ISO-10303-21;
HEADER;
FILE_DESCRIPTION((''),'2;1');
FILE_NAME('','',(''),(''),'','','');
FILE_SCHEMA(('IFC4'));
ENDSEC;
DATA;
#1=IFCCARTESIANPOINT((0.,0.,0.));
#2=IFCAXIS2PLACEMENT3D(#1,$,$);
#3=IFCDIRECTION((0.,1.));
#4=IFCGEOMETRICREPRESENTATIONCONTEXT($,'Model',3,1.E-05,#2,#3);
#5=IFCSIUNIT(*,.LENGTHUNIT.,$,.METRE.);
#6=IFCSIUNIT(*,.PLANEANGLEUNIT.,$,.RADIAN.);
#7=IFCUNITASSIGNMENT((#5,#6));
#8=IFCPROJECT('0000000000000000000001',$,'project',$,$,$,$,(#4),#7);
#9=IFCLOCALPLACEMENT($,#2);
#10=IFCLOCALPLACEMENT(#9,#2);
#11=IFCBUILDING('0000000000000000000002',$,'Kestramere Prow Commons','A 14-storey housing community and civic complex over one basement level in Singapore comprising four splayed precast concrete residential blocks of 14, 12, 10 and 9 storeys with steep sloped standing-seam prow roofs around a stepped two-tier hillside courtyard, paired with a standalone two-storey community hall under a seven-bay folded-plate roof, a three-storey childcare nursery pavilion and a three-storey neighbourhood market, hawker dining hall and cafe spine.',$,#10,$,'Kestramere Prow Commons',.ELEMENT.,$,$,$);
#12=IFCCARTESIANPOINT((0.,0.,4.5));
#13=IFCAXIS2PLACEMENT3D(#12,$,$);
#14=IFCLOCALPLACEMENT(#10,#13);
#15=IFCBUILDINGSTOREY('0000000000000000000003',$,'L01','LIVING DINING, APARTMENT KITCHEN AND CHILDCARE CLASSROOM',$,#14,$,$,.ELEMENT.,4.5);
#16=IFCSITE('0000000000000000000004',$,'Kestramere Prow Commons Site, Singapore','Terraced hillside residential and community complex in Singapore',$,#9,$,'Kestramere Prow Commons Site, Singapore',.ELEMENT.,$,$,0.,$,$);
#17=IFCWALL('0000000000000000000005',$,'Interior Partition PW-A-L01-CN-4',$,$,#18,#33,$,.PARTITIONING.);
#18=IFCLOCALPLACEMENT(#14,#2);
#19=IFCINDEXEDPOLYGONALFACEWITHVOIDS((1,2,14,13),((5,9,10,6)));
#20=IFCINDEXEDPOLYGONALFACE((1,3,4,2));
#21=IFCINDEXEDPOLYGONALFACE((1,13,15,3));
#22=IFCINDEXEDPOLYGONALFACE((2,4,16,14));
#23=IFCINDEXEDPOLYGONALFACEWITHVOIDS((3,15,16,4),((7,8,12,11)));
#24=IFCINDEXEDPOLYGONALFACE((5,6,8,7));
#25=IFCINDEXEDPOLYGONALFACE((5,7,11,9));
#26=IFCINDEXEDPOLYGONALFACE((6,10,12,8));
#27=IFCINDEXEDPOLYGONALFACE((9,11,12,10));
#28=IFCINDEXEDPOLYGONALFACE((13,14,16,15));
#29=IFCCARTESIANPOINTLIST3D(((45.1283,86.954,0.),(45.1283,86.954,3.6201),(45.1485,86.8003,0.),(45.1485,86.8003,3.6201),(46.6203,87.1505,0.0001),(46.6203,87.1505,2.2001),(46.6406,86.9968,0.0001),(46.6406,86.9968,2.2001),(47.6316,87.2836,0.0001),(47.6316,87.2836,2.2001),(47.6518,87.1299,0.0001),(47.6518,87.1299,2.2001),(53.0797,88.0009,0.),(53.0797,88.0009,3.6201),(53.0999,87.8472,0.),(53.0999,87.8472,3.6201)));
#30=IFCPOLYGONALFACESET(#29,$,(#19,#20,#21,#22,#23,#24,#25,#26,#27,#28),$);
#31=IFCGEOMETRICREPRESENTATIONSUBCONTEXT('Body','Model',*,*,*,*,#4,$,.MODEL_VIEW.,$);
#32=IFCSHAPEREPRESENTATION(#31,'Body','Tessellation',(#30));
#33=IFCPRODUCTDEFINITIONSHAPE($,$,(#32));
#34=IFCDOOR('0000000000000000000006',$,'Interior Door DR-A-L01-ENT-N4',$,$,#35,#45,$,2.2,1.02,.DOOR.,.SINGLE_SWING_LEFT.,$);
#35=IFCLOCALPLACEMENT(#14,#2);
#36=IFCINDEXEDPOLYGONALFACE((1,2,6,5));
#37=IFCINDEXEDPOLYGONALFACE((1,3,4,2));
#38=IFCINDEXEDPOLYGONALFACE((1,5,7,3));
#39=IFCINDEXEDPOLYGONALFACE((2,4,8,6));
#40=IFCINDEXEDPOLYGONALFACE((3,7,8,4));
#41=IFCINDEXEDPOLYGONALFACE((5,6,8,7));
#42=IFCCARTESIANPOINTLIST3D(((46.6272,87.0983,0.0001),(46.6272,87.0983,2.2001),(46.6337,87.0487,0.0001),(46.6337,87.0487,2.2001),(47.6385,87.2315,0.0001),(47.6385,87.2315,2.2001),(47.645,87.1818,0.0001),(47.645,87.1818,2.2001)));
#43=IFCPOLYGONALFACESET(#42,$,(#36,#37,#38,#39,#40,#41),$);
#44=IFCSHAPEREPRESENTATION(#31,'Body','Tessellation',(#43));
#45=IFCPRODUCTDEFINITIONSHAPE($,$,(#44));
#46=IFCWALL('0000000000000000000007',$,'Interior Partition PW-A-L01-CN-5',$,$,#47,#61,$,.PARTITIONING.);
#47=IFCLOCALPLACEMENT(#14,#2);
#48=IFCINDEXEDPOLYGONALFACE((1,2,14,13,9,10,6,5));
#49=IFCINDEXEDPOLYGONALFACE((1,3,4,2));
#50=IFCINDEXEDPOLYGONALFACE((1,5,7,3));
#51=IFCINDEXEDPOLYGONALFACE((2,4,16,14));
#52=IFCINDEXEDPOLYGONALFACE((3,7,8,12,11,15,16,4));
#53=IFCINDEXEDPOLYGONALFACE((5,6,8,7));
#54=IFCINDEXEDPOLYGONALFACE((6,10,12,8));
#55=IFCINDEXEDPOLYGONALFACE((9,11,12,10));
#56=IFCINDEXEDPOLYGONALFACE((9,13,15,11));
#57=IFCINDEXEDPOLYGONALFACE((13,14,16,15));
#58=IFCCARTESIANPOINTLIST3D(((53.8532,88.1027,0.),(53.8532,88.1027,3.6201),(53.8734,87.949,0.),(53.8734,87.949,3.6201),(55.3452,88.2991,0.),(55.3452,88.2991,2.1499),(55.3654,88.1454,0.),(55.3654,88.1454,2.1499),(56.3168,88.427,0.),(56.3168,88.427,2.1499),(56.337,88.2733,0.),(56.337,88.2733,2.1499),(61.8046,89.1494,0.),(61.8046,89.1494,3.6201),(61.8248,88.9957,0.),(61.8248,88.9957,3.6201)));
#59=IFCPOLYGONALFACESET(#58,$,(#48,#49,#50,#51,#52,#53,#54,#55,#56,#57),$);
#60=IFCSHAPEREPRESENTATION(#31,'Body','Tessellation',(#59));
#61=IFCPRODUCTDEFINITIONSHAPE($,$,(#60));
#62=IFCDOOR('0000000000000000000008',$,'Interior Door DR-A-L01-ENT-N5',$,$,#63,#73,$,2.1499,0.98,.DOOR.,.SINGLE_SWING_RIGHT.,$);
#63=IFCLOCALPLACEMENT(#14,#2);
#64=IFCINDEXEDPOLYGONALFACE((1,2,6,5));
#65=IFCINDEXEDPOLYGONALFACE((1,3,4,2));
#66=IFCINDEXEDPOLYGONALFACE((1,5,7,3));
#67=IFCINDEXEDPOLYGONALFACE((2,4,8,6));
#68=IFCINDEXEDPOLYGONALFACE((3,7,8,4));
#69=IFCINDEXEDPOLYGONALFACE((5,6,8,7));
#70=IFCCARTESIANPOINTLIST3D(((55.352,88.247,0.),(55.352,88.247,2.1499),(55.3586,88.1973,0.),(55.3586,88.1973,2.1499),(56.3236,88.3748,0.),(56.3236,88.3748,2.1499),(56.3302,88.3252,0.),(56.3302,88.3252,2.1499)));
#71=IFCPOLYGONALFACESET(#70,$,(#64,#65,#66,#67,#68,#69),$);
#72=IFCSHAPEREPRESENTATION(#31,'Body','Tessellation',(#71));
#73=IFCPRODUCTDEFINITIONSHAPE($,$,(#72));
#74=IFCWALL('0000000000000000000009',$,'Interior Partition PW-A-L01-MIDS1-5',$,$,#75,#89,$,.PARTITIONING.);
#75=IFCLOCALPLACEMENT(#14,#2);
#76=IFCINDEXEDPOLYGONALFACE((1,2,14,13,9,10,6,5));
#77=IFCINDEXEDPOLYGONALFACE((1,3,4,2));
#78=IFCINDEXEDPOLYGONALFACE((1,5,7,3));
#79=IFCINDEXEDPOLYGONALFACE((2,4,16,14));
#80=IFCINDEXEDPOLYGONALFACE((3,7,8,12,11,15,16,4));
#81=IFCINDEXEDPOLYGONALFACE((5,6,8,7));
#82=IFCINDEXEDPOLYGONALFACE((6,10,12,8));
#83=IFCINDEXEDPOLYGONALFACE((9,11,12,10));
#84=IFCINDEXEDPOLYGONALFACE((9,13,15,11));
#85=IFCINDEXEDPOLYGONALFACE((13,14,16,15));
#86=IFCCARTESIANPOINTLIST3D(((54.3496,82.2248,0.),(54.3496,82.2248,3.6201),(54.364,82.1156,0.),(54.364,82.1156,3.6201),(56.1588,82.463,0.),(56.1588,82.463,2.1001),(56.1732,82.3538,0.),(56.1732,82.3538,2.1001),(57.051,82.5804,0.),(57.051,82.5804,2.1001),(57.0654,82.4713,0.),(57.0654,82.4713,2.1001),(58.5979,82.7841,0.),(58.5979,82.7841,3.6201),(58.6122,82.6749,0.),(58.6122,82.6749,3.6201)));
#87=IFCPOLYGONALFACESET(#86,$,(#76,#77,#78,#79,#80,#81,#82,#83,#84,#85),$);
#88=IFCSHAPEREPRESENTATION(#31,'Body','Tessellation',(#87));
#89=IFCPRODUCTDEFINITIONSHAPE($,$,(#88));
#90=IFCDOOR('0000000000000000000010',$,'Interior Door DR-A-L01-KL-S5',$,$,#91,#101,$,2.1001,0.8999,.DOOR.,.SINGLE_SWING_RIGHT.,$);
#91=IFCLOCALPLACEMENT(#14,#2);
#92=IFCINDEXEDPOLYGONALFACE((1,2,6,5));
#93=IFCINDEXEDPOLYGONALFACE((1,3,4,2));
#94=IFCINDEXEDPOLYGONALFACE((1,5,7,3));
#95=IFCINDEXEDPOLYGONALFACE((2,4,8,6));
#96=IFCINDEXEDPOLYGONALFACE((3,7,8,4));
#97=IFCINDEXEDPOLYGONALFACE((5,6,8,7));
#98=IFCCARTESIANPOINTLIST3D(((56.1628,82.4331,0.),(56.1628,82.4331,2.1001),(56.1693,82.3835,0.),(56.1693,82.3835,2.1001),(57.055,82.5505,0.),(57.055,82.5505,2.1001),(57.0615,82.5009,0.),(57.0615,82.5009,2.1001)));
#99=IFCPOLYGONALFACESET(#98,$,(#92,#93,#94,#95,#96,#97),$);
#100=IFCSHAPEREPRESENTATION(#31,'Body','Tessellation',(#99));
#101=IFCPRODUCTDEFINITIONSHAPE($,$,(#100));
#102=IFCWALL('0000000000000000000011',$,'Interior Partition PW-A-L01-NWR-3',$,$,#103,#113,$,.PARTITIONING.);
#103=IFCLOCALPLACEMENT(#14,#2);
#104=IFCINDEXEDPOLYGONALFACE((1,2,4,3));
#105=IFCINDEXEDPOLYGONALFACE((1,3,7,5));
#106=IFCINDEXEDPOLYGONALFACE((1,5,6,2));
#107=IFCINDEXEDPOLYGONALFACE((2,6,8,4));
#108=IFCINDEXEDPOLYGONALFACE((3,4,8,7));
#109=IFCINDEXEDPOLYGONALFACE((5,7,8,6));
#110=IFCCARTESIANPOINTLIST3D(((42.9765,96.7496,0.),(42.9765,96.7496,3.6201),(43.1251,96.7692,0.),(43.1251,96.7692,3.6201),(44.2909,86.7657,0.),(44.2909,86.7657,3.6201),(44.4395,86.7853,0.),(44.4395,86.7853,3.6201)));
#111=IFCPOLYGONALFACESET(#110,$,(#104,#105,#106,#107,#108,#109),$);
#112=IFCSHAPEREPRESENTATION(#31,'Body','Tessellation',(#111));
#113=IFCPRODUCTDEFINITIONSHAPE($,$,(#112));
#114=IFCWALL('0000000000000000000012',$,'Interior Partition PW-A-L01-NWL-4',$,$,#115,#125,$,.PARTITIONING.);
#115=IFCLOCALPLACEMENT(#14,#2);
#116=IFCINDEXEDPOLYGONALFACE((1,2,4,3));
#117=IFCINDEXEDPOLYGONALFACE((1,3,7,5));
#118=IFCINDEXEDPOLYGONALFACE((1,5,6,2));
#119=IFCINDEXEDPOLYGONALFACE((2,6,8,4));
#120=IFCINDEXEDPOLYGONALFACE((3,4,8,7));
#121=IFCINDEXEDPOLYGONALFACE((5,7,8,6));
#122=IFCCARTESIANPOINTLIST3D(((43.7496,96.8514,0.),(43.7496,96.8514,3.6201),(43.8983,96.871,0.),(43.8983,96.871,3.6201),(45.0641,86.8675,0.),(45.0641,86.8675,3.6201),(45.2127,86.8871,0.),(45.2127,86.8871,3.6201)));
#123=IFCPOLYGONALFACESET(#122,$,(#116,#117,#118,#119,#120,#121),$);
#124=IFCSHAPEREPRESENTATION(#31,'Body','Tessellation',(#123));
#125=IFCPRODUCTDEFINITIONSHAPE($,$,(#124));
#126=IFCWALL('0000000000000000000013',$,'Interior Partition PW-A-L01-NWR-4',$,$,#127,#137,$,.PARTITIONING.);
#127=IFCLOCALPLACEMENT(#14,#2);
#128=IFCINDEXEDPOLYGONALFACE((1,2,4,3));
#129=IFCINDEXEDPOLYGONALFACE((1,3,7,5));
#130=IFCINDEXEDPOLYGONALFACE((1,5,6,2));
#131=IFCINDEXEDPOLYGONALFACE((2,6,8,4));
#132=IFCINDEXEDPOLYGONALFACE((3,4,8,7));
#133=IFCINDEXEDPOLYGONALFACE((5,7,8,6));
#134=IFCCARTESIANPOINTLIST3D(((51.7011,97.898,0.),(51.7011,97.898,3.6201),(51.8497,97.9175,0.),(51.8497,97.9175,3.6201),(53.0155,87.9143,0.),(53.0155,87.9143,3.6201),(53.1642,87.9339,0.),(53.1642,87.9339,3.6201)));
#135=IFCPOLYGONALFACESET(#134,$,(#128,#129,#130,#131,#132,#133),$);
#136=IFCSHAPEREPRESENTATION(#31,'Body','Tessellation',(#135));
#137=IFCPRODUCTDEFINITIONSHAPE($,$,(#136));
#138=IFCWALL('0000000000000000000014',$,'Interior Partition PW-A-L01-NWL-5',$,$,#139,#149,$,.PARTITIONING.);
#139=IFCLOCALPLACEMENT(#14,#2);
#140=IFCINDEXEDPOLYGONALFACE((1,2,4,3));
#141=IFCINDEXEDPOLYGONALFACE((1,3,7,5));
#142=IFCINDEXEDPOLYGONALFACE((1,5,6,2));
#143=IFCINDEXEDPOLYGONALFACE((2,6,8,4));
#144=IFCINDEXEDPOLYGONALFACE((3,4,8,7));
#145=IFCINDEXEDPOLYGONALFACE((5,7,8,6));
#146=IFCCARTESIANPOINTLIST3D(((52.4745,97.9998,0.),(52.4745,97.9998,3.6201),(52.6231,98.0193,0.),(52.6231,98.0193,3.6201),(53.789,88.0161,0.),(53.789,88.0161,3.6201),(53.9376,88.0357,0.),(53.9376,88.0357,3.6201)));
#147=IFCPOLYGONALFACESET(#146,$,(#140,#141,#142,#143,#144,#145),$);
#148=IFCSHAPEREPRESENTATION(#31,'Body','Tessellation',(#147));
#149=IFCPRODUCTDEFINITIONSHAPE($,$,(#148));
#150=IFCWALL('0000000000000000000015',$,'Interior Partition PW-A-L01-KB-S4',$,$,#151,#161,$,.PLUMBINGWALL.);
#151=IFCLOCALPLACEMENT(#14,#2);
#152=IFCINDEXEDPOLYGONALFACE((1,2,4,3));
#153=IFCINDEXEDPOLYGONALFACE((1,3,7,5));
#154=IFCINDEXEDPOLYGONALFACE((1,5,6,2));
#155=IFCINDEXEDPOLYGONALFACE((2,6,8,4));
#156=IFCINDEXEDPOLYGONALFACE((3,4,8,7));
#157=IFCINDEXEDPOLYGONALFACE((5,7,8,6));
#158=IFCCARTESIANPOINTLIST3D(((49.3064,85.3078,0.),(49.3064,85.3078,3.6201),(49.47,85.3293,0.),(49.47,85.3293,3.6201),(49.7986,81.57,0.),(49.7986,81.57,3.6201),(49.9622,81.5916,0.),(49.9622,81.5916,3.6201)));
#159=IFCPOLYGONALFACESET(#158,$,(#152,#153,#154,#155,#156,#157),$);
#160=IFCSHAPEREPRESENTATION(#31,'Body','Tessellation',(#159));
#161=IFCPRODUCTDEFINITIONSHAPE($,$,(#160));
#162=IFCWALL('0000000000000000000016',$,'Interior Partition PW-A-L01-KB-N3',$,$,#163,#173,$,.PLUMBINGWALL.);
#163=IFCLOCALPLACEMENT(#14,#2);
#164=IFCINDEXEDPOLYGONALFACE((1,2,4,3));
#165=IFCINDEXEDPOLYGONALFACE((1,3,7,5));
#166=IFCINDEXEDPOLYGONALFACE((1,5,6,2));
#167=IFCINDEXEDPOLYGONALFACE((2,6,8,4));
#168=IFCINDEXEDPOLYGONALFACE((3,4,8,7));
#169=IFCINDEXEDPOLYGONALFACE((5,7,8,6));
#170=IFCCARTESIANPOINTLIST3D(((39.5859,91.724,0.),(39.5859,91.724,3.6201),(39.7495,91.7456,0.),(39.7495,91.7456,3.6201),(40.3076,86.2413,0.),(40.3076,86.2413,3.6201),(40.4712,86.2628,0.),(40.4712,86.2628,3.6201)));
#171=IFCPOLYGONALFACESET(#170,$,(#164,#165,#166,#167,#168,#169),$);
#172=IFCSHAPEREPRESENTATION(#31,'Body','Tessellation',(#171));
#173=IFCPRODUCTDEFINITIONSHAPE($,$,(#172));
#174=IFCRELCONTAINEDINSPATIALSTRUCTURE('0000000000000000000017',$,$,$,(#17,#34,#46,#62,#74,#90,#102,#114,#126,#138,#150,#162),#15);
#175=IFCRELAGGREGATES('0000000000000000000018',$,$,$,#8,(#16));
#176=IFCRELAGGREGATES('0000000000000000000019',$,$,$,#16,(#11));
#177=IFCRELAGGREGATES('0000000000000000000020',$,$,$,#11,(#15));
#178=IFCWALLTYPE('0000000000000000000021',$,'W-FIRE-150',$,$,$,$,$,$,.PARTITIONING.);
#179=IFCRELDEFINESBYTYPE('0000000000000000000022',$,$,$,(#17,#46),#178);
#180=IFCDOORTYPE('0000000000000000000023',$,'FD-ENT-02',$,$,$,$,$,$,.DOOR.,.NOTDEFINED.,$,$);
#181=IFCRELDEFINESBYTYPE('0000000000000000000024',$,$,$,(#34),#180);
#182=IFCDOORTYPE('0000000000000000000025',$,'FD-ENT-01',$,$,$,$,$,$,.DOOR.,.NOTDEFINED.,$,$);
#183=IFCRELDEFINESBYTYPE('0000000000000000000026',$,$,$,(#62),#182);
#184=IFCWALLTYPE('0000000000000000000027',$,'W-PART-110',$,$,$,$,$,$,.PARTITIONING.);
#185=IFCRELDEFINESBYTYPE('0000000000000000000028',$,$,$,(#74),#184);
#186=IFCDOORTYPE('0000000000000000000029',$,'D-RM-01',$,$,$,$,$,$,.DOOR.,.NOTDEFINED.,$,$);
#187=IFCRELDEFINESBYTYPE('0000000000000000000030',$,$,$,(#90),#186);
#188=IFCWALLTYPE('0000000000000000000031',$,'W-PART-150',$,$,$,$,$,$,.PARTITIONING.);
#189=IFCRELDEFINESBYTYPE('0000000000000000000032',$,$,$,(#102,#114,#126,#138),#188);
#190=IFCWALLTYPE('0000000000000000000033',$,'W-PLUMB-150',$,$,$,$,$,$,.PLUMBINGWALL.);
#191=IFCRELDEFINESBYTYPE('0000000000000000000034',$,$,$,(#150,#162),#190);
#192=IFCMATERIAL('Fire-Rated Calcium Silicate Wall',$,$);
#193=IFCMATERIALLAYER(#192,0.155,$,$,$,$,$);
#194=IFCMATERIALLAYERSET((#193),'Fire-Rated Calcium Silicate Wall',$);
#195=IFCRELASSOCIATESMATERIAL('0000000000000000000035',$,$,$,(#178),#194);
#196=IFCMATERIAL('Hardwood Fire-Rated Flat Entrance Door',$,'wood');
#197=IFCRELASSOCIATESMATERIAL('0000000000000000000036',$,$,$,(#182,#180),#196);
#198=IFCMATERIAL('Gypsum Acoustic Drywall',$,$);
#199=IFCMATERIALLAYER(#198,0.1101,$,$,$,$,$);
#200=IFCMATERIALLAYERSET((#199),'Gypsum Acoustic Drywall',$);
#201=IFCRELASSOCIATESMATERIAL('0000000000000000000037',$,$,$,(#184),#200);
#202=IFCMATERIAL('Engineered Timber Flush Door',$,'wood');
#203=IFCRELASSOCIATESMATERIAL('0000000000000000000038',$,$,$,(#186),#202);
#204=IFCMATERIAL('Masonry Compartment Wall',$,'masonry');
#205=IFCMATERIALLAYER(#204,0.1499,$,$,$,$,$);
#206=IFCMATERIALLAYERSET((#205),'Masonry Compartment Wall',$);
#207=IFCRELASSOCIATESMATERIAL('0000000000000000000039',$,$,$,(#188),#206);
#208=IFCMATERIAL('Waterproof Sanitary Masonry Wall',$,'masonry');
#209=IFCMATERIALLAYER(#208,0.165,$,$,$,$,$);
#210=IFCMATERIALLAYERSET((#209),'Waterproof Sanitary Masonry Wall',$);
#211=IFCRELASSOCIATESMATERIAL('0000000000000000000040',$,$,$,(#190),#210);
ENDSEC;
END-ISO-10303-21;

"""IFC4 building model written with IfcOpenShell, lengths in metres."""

from ifc_helpers import new_model, si_unit, direction, frame, frame_2d, origin, place, context, subcontext, project, spatial, rectangle, extrude, material, layer, layer_set, type_object, element, fill, save


model = new_model("IFC4")

# Units and contexts
model_context = context("Model", 3, precision=1e-05, world=origin(), true_north=direction((0.0, 1.0)))
body_context = subcontext(model_context, "Body", "Model", "MODEL_VIEW")
ifc_project = project(units=[si_unit("LENGTHUNIT", "METRE"), si_unit("PLANEANGLEUNIT", "RADIAN")], contexts=[model_context])

# Site, building, storey
site_placement = place(None, origin())
site = spatial("IfcSite", under=ifc_project, at=site_placement, Name="Kestramere Prow Commons Site, Singapore", Description="Terraced hillside residential and community complex in Singapore", LongName="Kestramere Prow Commons Site, Singapore", CompositionType="ELEMENT", RefElevation=0.0)
building_placement = place(site_placement, origin())
building = spatial("IfcBuilding", under=site, at=building_placement, Name="Kestramere Prow Commons", Description="A 14-storey housing community and civic complex over one basement level in Singapore comprising four splayed precast concrete residential blocks of 14, 12, 10 and 9 storeys with steep sloped standing-seam prow roofs around a stepped two-tier hillside courtyard, paired with a standalone two-storey community hall under a seven-bay folded-plate roof, a three-storey childcare nursery pavilion and a three-storey neighbourhood market, hawker dining hall and cafe spine.", LongName="Kestramere Prow Commons", CompositionType="ELEMENT")
storey_placement = place(building_placement, frame((0.0, 0.0, 4.5)))
storey = spatial("IfcBuildingStorey", under=building, at=storey_placement, Name="L01", Description="LIVING DINING, APARTMENT KITCHEN AND CHILDCARE CLASSROOM", CompositionType="ELEMENT", Elevation=4.5)

# Walls, openings, doors
ifc_material_1 = material(Name="Fire-Rated Calcium Silicate Wall")
ifc_layer_1 = layer(ifc_material_1, 0.155)
ifc_layer_set_1 = layer_set([ifc_layer_1], Name="Fire-Rated Calcium Silicate Wall")
wall_type_1 = type_object("IfcWallType", Name="W-FIRE-150", PredefinedType="PARTITIONING", material=ifc_layer_set_1)
ifc_material_2 = material(Name="Hardwood Fire-Rated Flat Entrance Door", Category="wood")
door_type_1 = type_object("IfcDoorType", Name="FD-ENT-01", OperationType="NOTDEFINED", PredefinedType="DOOR", material=ifc_material_2)
door_type_2 = type_object("IfcDoorType", Name="FD-ENT-02", OperationType="NOTDEFINED", PredefinedType="DOOR", material=ifc_material_2)
wall_1_placement = place(storey_placement, frame((45.1384, 86.8772, 0.0), z_axis=(0.0, 0.0, 1.0), x_axis=(0.991444, 0.130532, 0.0)))
wall_1 = element("IfcWall", 1, at=wall_1_placement, inside=storey, type_object=wall_type_1, Name="Interior Partition PW-A-L01-CN-4", PredefinedType="PARTITIONING", context=body_context, shape_type="SweptSolid", body=[
    extrude(rectangle(XDim=8.02, YDim=0.155, at=frame_2d((4.01, 0.0))), origin(), (0.0, 0.0, 1.0), 3.6201),
])
opening_1_placement = place(wall_1_placement, frame((1.5049, 0.0, 0.0)))
opening_1 = element("IfcOpeningElement", 2, at=opening_1_placement, cuts=wall_1, PredefinedType="OPENING", context=body_context, shape_type="SweptSolid", body=[
    extrude(rectangle(XDim=1.02, YDim=2.2, at=frame_2d((0.51, 1.1001))), frame((0.0, 0.0925, 0.0), z_axis=(0.0, -1.0, 0.0), x_axis=(1.0, 0.0, 0.0)), (0.0, 0.0, 1.0), 0.1851),
])
door_1_placement = place(opening_1_placement, origin())
door_1 = element("IfcDoor", 3, at=door_1_placement, inside=storey, type_object=door_type_2, Name="Interior Door DR-A-L01-ENT-N4", OperationType="SINGLE_SWING_LEFT", OverallHeight=2.2, OverallWidth=1.02, PredefinedType="DOOR", context=body_context, shape_type="SweptSolid", body=[
    extrude(rectangle(XDim=1.02, YDim=2.2, at=frame_2d((0.51, 1.1001))), frame((0.0, 0.0249, 0.0), z_axis=(0.0, -1.0, 0.0), x_axis=(1.0, 0.0, 0.0)), (0.0, 0.0, 1.0), 0.05),
])
fill(opening_1, door_1)
wall_2_placement = place(storey_placement, frame((53.8633, 88.0259, 0.0), z_axis=(0.0, 0.0, 1.0), x_axis=(0.991448, 0.130503, 0.0)))
wall_2 = element("IfcWall", 4, at=wall_2_placement, inside=storey, type_object=wall_type_1, Name="Interior Partition PW-A-L01-CN-5", PredefinedType="PARTITIONING", context=body_context, shape_type="SweptSolid", body=[
    extrude(rectangle(XDim=8.02, YDim=0.155, at=frame_2d((4.01, 0.0))), origin(), (0.0, 0.0, 1.0), 3.6201),
])
opening_2_placement = place(wall_2_placement, frame((1.5049, 0.0, 0.0)))
opening_2 = element("IfcOpeningElement", 5, at=opening_2_placement, cuts=wall_2, PredefinedType="OPENING", context=body_context, shape_type="SweptSolid", body=[
    extrude(rectangle(XDim=0.98, YDim=2.1499, at=frame_2d((0.49, 1.075))), frame((0.0, 0.0925, 0.0), z_axis=(0.0, -1.0, 0.0), x_axis=(1.0, 0.0, 0.0)), (0.0, 0.0, 1.0), 0.1851),
])
door_2_placement = place(opening_2_placement, origin())
door_2 = element("IfcDoor", 6, at=door_2_placement, inside=storey, type_object=door_type_1, Name="Interior Door DR-A-L01-ENT-N5", OperationType="SINGLE_SWING_RIGHT", OverallHeight=2.1499, OverallWidth=0.98, PredefinedType="DOOR", context=body_context, shape_type="SweptSolid", body=[
    extrude(rectangle(XDim=0.98, YDim=2.1499, at=frame_2d((0.49, 1.075))), frame((0.0, 0.0249, 0.0), z_axis=(0.0, -1.0, 0.0), x_axis=(1.0, 0.0, 0.0)), (0.0, 0.0, 1.0), 0.05),
])
fill(opening_2, door_2)
ifc_material_3 = material(Name="Gypsum Acoustic Drywall")
ifc_layer_2 = layer(ifc_material_3, 0.1101)
ifc_layer_set_2 = layer_set([ifc_layer_2], Name="Gypsum Acoustic Drywall")
wall_type_2 = type_object("IfcWallType", Name="W-PART-110", PredefinedType="PARTITIONING", material=ifc_layer_set_2)
wall_3_placement = place(storey_placement, frame((54.3567, 82.1702, 0.0), z_axis=(0.0, 0.0, 1.0), x_axis=(0.991444, 0.130533, 0.0)))
wall_3 = element("IfcWall", 7, at=wall_3_placement, inside=storey, type_object=wall_type_2, Name="Interior Partition PW-A-L01-MIDS1-5", PredefinedType="PARTITIONING", context=body_context, shape_type="SweptSolid", body=[
    extrude(rectangle(XDim=4.2849, YDim=0.1101, at=frame_2d((2.1426, 0.0))), origin(), (0.0, 0.0, 1.0), 3.6201),
])
opening_3_placement = place(wall_3_placement, frame((1.825, 0.0, 0.0)))
opening_3 = element("IfcOpeningElement", 8, at=opening_3_placement, cuts=wall_3, PredefinedType="OPENING", context=body_context, shape_type="SweptSolid", body=[
    extrude(rectangle(XDim=0.8999, YDim=2.1001, at=frame_2d((0.45, 1.05))), frame((0.0, 0.0701, 0.0), z_axis=(0.0, -1.0, 0.0), x_axis=(1.0, 0.0, 0.0)), (0.0, 0.0, 1.0), 0.1401),
])
ifc_material_4 = material(Name="Engineered Timber Flush Door", Category="wood")
door_type_3 = type_object("IfcDoorType", Name="D-RM-01", OperationType="NOTDEFINED", PredefinedType="DOOR", material=ifc_material_4)
door_3_placement = place(opening_3_placement, origin())
door_3 = element("IfcDoor", 9, at=door_3_placement, inside=storey, type_object=door_type_3, Name="Interior Door DR-A-L01-KL-S5", OperationType="SINGLE_SWING_RIGHT", OverallHeight=2.1001, OverallWidth=0.8999, PredefinedType="DOOR", context=body_context, shape_type="SweptSolid", body=[
    extrude(rectangle(XDim=0.8999, YDim=2.1001, at=frame_2d((0.45, 1.05))), frame((0.0, 0.0249, 0.0), z_axis=(0.0, -1.0, 0.0), x_axis=(1.0, 0.0, 0.0)), (0.0, 0.0, 1.0), 0.05),
])
fill(opening_3, door_3)

# Walls
ifc_material_5 = material(Name="Masonry Compartment Wall", Category="masonry")
ifc_layer_3 = layer(ifc_material_5, 0.1499)
ifc_layer_set_3 = layer_set([ifc_layer_3], Name="Masonry Compartment Wall")
wall_type_3 = type_object("IfcWallType", Name="W-PART-150", PredefinedType="PARTITIONING", material=ifc_layer_set_3)
for number, where, z_axis, x_axis, name in (
    (10, (44.3652, 86.7754, 0.0), (0.0, 0.0, 1.0), (-0.130531, 0.991444, 0.0), "Interior Partition PW-A-L01-NWR-3"),
    (11, (45.1384, 86.8772, 0.0), (0.0, 0.0, 1.0), (-0.130531, 0.991444, 0.0), "Interior Partition PW-A-L01-NWL-4"),
):
    element("IfcWall", number, at=place(storey_placement, frame(where, z_axis=z_axis, x_axis=x_axis)), inside=storey, type_object=wall_type_3, Name=name, PredefinedType="PARTITIONING", context=body_context, shape_type="SweptSolid", body=[
        extrude(rectangle(XDim=10.0701, YDim=0.1499, at=frame_2d((5.0352, 0.0))), origin(), (0.0, 0.0, 1.0), 3.6201),
    ])
for number, where, z_axis, x_axis, name in (
    (12, (53.0898, 87.9241, 0.0), (0.0, 0.0, 1.0), (-0.130534, 0.991444, 0.0), "Interior Partition PW-A-L01-NWR-4"),
    (13, (53.8633, 88.0259, 0.0), (0.0, 0.0, 1.0), (-0.130534, 0.991444, 0.0), "Interior Partition PW-A-L01-NWL-5"),
):
    element("IfcWall", number, at=place(storey_placement, frame(where, z_axis=z_axis, x_axis=x_axis)), inside=storey, type_object=wall_type_3, Name=name, PredefinedType="PARTITIONING", context=body_context, shape_type="SweptSolid", body=[
        extrude(rectangle(XDim=10.0698, YDim=0.1499, at=frame_2d((5.0349, 0.0))), origin(), (0.0, 0.0, 1.0), 3.6201),
    ])
ifc_material_6 = material(Name="Waterproof Sanitary Masonry Wall", Category="masonry")
ifc_layer_4 = layer(ifc_material_6, 0.165)
ifc_layer_set_4 = layer_set([ifc_layer_4], Name="Waterproof Sanitary Masonry Wall")
wall_type_4 = type_object("IfcWallType", Name="W-PLUMB-150", PredefinedType="PLUMBINGWALL", material=ifc_layer_set_4)
wall_4_placement = place(storey_placement, frame((49.8804, 81.5808, 0.0), z_axis=(0.0, 0.0, 1.0), x_axis=(-0.130552, 0.991442, 0.0)))
element("IfcWall", 14, at=wall_4_placement, inside=storey, type_object=wall_type_4, Name="Interior Partition PW-A-L01-KB-S4", PredefinedType="PLUMBINGWALL", context=body_context, shape_type="SweptSolid", body=[
    extrude(rectangle(XDim=3.77, YDim=0.165, at=frame_2d((1.885, 0.0))), origin(), (0.0, 0.0, 1.0), 3.6201),
])
wall_5_placement = place(storey_placement, frame((40.3894, 86.252, 0.0), z_axis=(0.0, 0.0, 1.0), x_axis=(-0.130504, 0.991448, 0.0)))
element("IfcWall", 15, at=wall_5_placement, inside=storey, type_object=wall_type_4, Name="Interior Partition PW-A-L01-KB-N3", PredefinedType="PLUMBINGWALL", context=body_context, shape_type="SweptSolid", body=[
    extrude(rectangle(XDim=5.53, YDim=0.165, at=frame_2d((2.7651, 0.0))), origin(), (0.0, 0.0, 1.0), 3.6201),
])

save(model, "model.ifc")
